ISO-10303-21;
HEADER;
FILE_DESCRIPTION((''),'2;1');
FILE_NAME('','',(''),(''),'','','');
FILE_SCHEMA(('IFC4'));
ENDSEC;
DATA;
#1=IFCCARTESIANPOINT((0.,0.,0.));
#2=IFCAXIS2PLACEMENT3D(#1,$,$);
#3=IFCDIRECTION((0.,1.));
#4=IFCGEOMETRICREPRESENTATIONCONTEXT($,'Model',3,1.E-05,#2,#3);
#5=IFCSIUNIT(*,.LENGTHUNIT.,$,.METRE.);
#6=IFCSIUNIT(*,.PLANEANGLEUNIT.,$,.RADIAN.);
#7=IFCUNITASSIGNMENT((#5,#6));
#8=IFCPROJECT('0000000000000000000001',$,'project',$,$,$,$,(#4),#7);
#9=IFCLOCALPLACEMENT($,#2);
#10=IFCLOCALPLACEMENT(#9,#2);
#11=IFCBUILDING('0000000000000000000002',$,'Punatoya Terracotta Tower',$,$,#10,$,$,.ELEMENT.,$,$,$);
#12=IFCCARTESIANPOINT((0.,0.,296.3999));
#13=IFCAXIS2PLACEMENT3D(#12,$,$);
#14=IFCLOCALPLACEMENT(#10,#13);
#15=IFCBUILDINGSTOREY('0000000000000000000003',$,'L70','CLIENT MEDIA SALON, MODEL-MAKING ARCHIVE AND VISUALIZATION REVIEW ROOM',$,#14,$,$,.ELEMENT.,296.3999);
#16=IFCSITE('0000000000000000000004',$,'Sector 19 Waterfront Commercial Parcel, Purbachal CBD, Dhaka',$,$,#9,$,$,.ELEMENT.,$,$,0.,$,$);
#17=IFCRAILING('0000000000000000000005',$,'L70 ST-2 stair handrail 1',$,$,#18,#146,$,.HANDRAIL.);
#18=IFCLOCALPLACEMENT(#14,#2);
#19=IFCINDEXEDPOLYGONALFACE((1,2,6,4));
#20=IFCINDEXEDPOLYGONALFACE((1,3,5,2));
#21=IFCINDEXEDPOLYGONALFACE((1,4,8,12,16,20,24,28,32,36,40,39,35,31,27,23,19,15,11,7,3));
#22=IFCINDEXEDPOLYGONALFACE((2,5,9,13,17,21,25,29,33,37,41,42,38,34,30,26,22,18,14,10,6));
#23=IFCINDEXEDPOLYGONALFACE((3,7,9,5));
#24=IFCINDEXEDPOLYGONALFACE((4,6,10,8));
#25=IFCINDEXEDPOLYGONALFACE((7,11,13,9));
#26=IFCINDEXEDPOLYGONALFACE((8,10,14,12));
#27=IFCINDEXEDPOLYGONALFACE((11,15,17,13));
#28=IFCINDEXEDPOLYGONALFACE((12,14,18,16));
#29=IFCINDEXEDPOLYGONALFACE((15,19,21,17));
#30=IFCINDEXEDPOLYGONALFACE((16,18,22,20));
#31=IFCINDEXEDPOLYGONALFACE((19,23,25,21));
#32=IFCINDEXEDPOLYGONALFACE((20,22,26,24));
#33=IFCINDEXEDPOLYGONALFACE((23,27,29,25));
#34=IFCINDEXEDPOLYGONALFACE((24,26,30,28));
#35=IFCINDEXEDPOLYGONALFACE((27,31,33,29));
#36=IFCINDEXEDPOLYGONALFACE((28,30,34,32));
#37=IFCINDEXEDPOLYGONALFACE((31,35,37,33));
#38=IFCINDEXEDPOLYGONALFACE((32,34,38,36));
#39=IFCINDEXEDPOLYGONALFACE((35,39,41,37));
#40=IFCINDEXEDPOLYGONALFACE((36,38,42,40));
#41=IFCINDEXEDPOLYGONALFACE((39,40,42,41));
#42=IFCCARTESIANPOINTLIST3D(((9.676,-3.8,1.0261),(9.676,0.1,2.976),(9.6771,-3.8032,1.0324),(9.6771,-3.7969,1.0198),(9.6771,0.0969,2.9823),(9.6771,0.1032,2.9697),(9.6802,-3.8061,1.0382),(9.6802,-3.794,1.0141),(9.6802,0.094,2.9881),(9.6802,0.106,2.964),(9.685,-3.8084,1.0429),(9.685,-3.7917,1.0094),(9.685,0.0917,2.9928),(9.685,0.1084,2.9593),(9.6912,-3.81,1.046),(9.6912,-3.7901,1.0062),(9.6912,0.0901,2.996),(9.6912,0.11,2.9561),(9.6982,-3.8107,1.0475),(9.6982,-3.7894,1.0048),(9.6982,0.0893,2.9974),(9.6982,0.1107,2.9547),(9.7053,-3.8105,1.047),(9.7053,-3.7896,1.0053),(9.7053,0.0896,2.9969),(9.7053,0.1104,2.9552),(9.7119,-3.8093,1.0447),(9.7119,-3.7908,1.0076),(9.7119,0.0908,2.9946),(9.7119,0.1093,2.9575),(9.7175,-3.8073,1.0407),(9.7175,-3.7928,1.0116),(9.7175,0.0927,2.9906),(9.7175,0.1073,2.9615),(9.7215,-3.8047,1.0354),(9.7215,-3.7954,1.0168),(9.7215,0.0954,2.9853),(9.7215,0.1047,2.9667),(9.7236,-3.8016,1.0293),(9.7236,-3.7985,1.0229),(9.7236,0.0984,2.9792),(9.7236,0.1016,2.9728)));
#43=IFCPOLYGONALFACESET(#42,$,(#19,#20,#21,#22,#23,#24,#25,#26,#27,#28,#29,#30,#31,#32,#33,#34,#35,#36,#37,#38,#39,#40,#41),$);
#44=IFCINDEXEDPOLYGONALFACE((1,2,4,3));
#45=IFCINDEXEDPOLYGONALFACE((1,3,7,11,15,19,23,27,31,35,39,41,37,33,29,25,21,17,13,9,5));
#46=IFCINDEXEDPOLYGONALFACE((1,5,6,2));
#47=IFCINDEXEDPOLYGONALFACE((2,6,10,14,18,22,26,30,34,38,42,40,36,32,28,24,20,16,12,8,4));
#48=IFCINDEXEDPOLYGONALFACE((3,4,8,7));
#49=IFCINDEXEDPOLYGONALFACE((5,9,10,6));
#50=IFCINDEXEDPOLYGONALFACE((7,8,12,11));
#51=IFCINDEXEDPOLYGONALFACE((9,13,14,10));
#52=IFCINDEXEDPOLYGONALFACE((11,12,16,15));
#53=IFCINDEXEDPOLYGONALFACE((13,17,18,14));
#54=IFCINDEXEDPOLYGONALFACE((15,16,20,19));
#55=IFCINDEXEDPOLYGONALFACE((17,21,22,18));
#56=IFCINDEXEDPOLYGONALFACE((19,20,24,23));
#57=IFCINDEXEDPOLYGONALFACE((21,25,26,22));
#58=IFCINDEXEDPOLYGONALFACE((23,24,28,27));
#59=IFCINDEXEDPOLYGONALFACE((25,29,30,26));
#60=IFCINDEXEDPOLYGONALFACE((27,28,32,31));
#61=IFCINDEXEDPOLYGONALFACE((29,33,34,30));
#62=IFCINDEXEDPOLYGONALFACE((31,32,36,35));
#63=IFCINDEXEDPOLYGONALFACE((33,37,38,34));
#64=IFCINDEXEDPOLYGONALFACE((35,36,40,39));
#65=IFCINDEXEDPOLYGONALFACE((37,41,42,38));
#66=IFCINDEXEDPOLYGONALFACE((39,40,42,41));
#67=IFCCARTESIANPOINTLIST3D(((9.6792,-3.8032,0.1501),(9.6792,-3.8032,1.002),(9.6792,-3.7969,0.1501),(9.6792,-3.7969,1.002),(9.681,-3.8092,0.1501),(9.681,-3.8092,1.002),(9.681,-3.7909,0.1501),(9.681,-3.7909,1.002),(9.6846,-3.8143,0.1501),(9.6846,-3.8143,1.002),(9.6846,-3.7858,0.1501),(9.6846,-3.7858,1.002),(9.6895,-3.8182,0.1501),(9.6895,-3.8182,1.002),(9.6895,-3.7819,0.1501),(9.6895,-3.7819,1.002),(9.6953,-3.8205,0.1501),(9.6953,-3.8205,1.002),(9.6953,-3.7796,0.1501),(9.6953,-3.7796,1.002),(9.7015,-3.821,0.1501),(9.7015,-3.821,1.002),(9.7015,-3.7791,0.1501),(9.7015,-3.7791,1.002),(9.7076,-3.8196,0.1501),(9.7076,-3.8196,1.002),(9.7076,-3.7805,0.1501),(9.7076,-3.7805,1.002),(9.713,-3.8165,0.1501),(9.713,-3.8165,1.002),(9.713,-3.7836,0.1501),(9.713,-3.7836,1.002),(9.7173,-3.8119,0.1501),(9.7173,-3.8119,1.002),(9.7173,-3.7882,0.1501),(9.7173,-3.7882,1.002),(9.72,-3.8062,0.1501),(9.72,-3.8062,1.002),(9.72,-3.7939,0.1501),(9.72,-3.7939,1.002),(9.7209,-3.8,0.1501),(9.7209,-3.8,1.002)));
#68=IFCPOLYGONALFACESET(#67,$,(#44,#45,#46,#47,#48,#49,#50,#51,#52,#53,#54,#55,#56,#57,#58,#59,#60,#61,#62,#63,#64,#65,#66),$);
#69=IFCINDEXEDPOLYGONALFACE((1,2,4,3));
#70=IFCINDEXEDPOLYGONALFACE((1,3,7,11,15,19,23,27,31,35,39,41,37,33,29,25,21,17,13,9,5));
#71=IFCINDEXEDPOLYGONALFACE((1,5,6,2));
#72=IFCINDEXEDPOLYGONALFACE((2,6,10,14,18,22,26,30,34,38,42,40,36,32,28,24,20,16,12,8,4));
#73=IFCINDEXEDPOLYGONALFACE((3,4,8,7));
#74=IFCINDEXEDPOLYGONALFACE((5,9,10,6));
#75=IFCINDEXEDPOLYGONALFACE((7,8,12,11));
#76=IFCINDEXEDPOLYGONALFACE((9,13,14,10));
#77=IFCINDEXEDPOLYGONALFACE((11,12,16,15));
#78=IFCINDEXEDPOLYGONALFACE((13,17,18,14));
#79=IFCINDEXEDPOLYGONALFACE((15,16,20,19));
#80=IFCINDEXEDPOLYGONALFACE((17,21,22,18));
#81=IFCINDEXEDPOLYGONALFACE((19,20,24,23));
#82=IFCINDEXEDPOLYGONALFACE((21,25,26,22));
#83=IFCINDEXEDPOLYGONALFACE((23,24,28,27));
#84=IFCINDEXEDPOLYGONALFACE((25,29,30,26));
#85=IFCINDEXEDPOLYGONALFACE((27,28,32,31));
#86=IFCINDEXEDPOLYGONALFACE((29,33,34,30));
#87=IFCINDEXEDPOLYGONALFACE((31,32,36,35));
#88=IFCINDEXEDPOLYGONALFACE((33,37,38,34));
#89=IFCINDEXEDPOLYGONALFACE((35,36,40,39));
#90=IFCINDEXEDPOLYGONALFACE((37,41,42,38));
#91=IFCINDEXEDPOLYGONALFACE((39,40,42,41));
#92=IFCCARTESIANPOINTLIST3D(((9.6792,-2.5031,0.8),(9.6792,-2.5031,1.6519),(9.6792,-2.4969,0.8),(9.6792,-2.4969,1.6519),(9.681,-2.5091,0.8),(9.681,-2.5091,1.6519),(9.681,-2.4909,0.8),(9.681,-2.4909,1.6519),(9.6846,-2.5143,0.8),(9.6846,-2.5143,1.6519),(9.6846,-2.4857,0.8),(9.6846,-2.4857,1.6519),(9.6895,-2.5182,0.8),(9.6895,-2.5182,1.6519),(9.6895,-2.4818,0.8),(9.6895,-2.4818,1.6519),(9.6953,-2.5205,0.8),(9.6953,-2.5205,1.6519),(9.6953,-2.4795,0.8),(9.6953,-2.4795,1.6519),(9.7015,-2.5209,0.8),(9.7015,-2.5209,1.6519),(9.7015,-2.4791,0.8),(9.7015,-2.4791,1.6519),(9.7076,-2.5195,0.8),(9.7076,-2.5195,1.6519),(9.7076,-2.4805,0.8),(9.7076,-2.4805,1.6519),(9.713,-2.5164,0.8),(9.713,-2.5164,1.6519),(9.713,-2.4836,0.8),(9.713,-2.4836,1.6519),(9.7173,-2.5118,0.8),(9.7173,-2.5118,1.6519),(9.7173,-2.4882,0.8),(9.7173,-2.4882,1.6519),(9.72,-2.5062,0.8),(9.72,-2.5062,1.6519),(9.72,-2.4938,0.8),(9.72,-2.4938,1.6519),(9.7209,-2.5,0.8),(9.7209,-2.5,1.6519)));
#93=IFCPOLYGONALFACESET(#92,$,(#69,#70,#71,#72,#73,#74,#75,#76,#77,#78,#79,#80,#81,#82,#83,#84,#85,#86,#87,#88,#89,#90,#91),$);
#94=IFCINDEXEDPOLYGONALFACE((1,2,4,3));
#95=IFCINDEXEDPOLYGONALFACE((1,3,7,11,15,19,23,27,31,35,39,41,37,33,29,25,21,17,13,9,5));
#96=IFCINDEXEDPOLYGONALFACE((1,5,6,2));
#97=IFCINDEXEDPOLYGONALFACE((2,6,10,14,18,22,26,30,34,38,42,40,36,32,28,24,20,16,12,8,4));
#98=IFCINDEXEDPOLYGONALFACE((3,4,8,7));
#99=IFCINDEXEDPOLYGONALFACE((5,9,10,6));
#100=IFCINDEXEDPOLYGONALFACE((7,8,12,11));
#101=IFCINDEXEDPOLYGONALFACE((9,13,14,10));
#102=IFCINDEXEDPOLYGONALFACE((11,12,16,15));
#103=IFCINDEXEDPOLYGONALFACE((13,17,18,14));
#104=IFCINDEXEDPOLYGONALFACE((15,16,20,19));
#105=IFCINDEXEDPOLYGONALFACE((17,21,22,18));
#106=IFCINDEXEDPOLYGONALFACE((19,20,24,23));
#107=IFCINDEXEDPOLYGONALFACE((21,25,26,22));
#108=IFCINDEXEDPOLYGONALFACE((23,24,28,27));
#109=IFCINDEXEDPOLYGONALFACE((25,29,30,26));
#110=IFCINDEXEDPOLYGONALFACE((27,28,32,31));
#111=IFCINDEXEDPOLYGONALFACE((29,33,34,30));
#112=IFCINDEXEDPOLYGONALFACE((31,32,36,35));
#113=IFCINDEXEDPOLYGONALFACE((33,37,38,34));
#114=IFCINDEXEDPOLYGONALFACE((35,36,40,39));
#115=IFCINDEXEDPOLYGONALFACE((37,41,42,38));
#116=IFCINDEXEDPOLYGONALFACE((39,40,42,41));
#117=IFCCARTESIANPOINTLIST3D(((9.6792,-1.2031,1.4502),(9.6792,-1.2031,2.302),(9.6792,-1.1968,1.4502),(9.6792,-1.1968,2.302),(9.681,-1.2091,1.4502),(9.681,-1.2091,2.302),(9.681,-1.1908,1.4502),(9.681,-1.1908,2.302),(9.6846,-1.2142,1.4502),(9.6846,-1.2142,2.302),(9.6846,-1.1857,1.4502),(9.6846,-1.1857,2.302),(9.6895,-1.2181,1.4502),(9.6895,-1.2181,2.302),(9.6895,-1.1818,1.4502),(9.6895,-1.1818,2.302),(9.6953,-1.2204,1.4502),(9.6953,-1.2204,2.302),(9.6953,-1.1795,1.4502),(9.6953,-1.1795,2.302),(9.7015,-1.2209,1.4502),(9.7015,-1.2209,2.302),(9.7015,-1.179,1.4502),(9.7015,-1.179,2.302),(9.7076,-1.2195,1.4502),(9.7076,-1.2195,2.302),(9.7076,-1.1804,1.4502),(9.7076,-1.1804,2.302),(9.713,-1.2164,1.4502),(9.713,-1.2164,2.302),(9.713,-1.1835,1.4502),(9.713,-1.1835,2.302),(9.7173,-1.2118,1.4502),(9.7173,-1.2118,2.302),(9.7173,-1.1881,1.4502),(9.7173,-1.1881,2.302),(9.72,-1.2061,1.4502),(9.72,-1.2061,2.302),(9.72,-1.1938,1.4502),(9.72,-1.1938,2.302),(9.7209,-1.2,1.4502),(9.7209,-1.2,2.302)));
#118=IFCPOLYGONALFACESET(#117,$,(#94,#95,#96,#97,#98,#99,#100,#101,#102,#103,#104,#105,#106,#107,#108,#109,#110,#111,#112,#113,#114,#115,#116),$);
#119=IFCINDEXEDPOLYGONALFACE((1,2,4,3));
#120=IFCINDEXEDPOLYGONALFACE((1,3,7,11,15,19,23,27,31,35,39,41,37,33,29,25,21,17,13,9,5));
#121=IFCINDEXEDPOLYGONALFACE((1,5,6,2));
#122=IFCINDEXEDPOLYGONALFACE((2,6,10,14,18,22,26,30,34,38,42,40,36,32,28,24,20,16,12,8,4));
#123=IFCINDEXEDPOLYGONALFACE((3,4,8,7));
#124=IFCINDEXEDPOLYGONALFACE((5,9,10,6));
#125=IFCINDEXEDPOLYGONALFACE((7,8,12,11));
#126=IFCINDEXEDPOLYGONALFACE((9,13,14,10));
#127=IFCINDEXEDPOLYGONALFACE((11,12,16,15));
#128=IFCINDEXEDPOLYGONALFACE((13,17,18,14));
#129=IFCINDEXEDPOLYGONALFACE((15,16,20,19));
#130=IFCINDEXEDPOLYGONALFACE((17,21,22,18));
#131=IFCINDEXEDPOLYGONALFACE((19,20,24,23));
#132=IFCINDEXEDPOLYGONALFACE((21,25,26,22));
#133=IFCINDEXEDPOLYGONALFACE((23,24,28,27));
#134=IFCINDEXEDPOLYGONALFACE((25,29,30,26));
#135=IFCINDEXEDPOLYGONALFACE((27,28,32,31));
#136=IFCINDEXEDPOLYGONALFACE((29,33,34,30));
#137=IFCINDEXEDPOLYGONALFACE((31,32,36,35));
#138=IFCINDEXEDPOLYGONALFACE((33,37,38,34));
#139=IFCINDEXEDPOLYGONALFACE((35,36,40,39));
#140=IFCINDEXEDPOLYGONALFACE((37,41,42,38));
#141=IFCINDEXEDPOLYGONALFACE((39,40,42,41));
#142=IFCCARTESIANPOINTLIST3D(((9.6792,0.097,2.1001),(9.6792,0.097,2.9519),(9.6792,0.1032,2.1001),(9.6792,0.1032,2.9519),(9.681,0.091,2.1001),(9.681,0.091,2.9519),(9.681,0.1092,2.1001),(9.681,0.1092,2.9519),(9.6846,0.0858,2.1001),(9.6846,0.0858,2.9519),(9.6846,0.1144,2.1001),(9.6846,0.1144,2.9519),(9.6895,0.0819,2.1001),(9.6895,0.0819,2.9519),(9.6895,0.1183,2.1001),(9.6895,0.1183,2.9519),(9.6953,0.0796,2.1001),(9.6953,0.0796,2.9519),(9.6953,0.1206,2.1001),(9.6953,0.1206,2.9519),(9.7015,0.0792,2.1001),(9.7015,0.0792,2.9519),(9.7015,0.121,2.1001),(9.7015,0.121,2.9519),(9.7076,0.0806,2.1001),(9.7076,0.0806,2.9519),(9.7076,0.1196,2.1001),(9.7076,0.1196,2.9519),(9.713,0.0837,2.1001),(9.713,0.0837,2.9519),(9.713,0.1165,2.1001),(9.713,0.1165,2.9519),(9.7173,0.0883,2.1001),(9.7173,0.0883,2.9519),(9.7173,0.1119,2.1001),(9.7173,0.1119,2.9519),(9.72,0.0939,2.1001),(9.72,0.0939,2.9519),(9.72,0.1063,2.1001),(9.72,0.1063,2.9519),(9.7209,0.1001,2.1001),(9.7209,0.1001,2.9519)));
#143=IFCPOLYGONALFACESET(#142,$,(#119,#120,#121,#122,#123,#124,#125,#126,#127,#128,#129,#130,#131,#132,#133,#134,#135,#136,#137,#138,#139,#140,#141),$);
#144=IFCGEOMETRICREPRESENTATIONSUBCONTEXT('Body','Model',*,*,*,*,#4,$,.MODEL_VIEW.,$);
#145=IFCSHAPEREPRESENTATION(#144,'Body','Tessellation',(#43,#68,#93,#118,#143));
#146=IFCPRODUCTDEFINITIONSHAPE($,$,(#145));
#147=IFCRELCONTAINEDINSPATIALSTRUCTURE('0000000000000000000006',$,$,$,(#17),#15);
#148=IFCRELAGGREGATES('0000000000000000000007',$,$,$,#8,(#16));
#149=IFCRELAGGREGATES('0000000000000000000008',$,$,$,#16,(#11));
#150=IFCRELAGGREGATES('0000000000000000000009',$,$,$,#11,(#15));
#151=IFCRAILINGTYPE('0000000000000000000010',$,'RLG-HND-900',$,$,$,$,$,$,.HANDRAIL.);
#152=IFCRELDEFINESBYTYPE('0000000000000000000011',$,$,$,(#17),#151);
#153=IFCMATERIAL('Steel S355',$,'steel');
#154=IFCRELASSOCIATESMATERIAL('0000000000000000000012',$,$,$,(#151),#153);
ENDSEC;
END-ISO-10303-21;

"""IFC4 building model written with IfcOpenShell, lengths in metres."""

from ifc_helpers import new_model, si_unit, direction, frame, origin, origin_2d, place, context, subcontext, project, spatial, circle, extrude, material, type_object, element, save


model = new_model("IFC4")

# Units and contexts
model_context = context("Model", 3, precision=1e-05, world=origin(), true_north=direction((0.0, 1.0)))
body_context = subcontext(model_context, "Body", "Model", "MODEL_VIEW")
ifc_project = project(units=[si_unit("LENGTHUNIT", "METRE"), si_unit("PLANEANGLEUNIT", "RADIAN")], contexts=[model_context])

# Site, building, storey
site_placement = place(None, origin())
site = spatial("IfcSite", under=ifc_project, at=site_placement, Name="Sector 19 Waterfront Commercial Parcel, Purbachal CBD, Dhaka", CompositionType="ELEMENT", RefElevation=0.0)
building_placement = place(site_placement, origin())
building = spatial("IfcBuilding", under=site, at=building_placement, Name="Punatoya Terracotta Tower", CompositionType="ELEMENT")
storey_placement = place(building_placement, frame((0.0, 0.0, 296.3999)))
storey = spatial("IfcBuildingStorey", under=building, at=storey_placement, Name="L70", Description="CLIENT MEDIA SALON, MODEL-MAKING ARCHIVE AND VISUALIZATION REVIEW ROOM", CompositionType="ELEMENT", Elevation=296.3999)

# Shared definitions
ifc_material_1 = material(Name="Steel S355", Category="steel")

# Railing
railing_type_1 = type_object("IfcRailingType", Name="RLG-HND-900", PredefinedType="HANDRAIL", material=ifc_material_1)
railing_1_placement = place(storey_placement, frame((9.7, -3.8, 0.1501)))
element("IfcRailing", 1, at=railing_1_placement, inside=storey, type_object=railing_type_1, Name="L70 ST-2 stair handrail 1", PredefinedType="HANDRAIL", context=body_context, shape_type="SweptSolid", body=[
    extrude(circle(Radius=0.0239, at=origin_2d()), frame((0.0, 0.0, 0.876), z_axis=(0.0, 0.894438, 0.447191), x_axis=(-1.0, 0.0, 0.0)), (0.0, 0.0, 1.0), 4.3604),
    extrude(circle(Radius=0.021, at=origin_2d()), origin(), (0.0, 0.0, 1.0), 0.8518),
    extrude(circle(Radius=0.021, at=origin_2d()), frame((0.0, 1.3, 0.6499)), (0.0, 0.0, 1.0), 0.8518),
    extrude(circle(Radius=0.021, at=origin_2d()), frame((0.0, 2.6001, 1.3)), (0.0, 0.0, 1.0), 0.8518),
    extrude(circle(Radius=0.021, at=origin_2d()), frame((0.0, 3.9001, 1.95)), (0.0, 0.0, 1.0), 0.8518),
])

save(model, "model.ifc")
